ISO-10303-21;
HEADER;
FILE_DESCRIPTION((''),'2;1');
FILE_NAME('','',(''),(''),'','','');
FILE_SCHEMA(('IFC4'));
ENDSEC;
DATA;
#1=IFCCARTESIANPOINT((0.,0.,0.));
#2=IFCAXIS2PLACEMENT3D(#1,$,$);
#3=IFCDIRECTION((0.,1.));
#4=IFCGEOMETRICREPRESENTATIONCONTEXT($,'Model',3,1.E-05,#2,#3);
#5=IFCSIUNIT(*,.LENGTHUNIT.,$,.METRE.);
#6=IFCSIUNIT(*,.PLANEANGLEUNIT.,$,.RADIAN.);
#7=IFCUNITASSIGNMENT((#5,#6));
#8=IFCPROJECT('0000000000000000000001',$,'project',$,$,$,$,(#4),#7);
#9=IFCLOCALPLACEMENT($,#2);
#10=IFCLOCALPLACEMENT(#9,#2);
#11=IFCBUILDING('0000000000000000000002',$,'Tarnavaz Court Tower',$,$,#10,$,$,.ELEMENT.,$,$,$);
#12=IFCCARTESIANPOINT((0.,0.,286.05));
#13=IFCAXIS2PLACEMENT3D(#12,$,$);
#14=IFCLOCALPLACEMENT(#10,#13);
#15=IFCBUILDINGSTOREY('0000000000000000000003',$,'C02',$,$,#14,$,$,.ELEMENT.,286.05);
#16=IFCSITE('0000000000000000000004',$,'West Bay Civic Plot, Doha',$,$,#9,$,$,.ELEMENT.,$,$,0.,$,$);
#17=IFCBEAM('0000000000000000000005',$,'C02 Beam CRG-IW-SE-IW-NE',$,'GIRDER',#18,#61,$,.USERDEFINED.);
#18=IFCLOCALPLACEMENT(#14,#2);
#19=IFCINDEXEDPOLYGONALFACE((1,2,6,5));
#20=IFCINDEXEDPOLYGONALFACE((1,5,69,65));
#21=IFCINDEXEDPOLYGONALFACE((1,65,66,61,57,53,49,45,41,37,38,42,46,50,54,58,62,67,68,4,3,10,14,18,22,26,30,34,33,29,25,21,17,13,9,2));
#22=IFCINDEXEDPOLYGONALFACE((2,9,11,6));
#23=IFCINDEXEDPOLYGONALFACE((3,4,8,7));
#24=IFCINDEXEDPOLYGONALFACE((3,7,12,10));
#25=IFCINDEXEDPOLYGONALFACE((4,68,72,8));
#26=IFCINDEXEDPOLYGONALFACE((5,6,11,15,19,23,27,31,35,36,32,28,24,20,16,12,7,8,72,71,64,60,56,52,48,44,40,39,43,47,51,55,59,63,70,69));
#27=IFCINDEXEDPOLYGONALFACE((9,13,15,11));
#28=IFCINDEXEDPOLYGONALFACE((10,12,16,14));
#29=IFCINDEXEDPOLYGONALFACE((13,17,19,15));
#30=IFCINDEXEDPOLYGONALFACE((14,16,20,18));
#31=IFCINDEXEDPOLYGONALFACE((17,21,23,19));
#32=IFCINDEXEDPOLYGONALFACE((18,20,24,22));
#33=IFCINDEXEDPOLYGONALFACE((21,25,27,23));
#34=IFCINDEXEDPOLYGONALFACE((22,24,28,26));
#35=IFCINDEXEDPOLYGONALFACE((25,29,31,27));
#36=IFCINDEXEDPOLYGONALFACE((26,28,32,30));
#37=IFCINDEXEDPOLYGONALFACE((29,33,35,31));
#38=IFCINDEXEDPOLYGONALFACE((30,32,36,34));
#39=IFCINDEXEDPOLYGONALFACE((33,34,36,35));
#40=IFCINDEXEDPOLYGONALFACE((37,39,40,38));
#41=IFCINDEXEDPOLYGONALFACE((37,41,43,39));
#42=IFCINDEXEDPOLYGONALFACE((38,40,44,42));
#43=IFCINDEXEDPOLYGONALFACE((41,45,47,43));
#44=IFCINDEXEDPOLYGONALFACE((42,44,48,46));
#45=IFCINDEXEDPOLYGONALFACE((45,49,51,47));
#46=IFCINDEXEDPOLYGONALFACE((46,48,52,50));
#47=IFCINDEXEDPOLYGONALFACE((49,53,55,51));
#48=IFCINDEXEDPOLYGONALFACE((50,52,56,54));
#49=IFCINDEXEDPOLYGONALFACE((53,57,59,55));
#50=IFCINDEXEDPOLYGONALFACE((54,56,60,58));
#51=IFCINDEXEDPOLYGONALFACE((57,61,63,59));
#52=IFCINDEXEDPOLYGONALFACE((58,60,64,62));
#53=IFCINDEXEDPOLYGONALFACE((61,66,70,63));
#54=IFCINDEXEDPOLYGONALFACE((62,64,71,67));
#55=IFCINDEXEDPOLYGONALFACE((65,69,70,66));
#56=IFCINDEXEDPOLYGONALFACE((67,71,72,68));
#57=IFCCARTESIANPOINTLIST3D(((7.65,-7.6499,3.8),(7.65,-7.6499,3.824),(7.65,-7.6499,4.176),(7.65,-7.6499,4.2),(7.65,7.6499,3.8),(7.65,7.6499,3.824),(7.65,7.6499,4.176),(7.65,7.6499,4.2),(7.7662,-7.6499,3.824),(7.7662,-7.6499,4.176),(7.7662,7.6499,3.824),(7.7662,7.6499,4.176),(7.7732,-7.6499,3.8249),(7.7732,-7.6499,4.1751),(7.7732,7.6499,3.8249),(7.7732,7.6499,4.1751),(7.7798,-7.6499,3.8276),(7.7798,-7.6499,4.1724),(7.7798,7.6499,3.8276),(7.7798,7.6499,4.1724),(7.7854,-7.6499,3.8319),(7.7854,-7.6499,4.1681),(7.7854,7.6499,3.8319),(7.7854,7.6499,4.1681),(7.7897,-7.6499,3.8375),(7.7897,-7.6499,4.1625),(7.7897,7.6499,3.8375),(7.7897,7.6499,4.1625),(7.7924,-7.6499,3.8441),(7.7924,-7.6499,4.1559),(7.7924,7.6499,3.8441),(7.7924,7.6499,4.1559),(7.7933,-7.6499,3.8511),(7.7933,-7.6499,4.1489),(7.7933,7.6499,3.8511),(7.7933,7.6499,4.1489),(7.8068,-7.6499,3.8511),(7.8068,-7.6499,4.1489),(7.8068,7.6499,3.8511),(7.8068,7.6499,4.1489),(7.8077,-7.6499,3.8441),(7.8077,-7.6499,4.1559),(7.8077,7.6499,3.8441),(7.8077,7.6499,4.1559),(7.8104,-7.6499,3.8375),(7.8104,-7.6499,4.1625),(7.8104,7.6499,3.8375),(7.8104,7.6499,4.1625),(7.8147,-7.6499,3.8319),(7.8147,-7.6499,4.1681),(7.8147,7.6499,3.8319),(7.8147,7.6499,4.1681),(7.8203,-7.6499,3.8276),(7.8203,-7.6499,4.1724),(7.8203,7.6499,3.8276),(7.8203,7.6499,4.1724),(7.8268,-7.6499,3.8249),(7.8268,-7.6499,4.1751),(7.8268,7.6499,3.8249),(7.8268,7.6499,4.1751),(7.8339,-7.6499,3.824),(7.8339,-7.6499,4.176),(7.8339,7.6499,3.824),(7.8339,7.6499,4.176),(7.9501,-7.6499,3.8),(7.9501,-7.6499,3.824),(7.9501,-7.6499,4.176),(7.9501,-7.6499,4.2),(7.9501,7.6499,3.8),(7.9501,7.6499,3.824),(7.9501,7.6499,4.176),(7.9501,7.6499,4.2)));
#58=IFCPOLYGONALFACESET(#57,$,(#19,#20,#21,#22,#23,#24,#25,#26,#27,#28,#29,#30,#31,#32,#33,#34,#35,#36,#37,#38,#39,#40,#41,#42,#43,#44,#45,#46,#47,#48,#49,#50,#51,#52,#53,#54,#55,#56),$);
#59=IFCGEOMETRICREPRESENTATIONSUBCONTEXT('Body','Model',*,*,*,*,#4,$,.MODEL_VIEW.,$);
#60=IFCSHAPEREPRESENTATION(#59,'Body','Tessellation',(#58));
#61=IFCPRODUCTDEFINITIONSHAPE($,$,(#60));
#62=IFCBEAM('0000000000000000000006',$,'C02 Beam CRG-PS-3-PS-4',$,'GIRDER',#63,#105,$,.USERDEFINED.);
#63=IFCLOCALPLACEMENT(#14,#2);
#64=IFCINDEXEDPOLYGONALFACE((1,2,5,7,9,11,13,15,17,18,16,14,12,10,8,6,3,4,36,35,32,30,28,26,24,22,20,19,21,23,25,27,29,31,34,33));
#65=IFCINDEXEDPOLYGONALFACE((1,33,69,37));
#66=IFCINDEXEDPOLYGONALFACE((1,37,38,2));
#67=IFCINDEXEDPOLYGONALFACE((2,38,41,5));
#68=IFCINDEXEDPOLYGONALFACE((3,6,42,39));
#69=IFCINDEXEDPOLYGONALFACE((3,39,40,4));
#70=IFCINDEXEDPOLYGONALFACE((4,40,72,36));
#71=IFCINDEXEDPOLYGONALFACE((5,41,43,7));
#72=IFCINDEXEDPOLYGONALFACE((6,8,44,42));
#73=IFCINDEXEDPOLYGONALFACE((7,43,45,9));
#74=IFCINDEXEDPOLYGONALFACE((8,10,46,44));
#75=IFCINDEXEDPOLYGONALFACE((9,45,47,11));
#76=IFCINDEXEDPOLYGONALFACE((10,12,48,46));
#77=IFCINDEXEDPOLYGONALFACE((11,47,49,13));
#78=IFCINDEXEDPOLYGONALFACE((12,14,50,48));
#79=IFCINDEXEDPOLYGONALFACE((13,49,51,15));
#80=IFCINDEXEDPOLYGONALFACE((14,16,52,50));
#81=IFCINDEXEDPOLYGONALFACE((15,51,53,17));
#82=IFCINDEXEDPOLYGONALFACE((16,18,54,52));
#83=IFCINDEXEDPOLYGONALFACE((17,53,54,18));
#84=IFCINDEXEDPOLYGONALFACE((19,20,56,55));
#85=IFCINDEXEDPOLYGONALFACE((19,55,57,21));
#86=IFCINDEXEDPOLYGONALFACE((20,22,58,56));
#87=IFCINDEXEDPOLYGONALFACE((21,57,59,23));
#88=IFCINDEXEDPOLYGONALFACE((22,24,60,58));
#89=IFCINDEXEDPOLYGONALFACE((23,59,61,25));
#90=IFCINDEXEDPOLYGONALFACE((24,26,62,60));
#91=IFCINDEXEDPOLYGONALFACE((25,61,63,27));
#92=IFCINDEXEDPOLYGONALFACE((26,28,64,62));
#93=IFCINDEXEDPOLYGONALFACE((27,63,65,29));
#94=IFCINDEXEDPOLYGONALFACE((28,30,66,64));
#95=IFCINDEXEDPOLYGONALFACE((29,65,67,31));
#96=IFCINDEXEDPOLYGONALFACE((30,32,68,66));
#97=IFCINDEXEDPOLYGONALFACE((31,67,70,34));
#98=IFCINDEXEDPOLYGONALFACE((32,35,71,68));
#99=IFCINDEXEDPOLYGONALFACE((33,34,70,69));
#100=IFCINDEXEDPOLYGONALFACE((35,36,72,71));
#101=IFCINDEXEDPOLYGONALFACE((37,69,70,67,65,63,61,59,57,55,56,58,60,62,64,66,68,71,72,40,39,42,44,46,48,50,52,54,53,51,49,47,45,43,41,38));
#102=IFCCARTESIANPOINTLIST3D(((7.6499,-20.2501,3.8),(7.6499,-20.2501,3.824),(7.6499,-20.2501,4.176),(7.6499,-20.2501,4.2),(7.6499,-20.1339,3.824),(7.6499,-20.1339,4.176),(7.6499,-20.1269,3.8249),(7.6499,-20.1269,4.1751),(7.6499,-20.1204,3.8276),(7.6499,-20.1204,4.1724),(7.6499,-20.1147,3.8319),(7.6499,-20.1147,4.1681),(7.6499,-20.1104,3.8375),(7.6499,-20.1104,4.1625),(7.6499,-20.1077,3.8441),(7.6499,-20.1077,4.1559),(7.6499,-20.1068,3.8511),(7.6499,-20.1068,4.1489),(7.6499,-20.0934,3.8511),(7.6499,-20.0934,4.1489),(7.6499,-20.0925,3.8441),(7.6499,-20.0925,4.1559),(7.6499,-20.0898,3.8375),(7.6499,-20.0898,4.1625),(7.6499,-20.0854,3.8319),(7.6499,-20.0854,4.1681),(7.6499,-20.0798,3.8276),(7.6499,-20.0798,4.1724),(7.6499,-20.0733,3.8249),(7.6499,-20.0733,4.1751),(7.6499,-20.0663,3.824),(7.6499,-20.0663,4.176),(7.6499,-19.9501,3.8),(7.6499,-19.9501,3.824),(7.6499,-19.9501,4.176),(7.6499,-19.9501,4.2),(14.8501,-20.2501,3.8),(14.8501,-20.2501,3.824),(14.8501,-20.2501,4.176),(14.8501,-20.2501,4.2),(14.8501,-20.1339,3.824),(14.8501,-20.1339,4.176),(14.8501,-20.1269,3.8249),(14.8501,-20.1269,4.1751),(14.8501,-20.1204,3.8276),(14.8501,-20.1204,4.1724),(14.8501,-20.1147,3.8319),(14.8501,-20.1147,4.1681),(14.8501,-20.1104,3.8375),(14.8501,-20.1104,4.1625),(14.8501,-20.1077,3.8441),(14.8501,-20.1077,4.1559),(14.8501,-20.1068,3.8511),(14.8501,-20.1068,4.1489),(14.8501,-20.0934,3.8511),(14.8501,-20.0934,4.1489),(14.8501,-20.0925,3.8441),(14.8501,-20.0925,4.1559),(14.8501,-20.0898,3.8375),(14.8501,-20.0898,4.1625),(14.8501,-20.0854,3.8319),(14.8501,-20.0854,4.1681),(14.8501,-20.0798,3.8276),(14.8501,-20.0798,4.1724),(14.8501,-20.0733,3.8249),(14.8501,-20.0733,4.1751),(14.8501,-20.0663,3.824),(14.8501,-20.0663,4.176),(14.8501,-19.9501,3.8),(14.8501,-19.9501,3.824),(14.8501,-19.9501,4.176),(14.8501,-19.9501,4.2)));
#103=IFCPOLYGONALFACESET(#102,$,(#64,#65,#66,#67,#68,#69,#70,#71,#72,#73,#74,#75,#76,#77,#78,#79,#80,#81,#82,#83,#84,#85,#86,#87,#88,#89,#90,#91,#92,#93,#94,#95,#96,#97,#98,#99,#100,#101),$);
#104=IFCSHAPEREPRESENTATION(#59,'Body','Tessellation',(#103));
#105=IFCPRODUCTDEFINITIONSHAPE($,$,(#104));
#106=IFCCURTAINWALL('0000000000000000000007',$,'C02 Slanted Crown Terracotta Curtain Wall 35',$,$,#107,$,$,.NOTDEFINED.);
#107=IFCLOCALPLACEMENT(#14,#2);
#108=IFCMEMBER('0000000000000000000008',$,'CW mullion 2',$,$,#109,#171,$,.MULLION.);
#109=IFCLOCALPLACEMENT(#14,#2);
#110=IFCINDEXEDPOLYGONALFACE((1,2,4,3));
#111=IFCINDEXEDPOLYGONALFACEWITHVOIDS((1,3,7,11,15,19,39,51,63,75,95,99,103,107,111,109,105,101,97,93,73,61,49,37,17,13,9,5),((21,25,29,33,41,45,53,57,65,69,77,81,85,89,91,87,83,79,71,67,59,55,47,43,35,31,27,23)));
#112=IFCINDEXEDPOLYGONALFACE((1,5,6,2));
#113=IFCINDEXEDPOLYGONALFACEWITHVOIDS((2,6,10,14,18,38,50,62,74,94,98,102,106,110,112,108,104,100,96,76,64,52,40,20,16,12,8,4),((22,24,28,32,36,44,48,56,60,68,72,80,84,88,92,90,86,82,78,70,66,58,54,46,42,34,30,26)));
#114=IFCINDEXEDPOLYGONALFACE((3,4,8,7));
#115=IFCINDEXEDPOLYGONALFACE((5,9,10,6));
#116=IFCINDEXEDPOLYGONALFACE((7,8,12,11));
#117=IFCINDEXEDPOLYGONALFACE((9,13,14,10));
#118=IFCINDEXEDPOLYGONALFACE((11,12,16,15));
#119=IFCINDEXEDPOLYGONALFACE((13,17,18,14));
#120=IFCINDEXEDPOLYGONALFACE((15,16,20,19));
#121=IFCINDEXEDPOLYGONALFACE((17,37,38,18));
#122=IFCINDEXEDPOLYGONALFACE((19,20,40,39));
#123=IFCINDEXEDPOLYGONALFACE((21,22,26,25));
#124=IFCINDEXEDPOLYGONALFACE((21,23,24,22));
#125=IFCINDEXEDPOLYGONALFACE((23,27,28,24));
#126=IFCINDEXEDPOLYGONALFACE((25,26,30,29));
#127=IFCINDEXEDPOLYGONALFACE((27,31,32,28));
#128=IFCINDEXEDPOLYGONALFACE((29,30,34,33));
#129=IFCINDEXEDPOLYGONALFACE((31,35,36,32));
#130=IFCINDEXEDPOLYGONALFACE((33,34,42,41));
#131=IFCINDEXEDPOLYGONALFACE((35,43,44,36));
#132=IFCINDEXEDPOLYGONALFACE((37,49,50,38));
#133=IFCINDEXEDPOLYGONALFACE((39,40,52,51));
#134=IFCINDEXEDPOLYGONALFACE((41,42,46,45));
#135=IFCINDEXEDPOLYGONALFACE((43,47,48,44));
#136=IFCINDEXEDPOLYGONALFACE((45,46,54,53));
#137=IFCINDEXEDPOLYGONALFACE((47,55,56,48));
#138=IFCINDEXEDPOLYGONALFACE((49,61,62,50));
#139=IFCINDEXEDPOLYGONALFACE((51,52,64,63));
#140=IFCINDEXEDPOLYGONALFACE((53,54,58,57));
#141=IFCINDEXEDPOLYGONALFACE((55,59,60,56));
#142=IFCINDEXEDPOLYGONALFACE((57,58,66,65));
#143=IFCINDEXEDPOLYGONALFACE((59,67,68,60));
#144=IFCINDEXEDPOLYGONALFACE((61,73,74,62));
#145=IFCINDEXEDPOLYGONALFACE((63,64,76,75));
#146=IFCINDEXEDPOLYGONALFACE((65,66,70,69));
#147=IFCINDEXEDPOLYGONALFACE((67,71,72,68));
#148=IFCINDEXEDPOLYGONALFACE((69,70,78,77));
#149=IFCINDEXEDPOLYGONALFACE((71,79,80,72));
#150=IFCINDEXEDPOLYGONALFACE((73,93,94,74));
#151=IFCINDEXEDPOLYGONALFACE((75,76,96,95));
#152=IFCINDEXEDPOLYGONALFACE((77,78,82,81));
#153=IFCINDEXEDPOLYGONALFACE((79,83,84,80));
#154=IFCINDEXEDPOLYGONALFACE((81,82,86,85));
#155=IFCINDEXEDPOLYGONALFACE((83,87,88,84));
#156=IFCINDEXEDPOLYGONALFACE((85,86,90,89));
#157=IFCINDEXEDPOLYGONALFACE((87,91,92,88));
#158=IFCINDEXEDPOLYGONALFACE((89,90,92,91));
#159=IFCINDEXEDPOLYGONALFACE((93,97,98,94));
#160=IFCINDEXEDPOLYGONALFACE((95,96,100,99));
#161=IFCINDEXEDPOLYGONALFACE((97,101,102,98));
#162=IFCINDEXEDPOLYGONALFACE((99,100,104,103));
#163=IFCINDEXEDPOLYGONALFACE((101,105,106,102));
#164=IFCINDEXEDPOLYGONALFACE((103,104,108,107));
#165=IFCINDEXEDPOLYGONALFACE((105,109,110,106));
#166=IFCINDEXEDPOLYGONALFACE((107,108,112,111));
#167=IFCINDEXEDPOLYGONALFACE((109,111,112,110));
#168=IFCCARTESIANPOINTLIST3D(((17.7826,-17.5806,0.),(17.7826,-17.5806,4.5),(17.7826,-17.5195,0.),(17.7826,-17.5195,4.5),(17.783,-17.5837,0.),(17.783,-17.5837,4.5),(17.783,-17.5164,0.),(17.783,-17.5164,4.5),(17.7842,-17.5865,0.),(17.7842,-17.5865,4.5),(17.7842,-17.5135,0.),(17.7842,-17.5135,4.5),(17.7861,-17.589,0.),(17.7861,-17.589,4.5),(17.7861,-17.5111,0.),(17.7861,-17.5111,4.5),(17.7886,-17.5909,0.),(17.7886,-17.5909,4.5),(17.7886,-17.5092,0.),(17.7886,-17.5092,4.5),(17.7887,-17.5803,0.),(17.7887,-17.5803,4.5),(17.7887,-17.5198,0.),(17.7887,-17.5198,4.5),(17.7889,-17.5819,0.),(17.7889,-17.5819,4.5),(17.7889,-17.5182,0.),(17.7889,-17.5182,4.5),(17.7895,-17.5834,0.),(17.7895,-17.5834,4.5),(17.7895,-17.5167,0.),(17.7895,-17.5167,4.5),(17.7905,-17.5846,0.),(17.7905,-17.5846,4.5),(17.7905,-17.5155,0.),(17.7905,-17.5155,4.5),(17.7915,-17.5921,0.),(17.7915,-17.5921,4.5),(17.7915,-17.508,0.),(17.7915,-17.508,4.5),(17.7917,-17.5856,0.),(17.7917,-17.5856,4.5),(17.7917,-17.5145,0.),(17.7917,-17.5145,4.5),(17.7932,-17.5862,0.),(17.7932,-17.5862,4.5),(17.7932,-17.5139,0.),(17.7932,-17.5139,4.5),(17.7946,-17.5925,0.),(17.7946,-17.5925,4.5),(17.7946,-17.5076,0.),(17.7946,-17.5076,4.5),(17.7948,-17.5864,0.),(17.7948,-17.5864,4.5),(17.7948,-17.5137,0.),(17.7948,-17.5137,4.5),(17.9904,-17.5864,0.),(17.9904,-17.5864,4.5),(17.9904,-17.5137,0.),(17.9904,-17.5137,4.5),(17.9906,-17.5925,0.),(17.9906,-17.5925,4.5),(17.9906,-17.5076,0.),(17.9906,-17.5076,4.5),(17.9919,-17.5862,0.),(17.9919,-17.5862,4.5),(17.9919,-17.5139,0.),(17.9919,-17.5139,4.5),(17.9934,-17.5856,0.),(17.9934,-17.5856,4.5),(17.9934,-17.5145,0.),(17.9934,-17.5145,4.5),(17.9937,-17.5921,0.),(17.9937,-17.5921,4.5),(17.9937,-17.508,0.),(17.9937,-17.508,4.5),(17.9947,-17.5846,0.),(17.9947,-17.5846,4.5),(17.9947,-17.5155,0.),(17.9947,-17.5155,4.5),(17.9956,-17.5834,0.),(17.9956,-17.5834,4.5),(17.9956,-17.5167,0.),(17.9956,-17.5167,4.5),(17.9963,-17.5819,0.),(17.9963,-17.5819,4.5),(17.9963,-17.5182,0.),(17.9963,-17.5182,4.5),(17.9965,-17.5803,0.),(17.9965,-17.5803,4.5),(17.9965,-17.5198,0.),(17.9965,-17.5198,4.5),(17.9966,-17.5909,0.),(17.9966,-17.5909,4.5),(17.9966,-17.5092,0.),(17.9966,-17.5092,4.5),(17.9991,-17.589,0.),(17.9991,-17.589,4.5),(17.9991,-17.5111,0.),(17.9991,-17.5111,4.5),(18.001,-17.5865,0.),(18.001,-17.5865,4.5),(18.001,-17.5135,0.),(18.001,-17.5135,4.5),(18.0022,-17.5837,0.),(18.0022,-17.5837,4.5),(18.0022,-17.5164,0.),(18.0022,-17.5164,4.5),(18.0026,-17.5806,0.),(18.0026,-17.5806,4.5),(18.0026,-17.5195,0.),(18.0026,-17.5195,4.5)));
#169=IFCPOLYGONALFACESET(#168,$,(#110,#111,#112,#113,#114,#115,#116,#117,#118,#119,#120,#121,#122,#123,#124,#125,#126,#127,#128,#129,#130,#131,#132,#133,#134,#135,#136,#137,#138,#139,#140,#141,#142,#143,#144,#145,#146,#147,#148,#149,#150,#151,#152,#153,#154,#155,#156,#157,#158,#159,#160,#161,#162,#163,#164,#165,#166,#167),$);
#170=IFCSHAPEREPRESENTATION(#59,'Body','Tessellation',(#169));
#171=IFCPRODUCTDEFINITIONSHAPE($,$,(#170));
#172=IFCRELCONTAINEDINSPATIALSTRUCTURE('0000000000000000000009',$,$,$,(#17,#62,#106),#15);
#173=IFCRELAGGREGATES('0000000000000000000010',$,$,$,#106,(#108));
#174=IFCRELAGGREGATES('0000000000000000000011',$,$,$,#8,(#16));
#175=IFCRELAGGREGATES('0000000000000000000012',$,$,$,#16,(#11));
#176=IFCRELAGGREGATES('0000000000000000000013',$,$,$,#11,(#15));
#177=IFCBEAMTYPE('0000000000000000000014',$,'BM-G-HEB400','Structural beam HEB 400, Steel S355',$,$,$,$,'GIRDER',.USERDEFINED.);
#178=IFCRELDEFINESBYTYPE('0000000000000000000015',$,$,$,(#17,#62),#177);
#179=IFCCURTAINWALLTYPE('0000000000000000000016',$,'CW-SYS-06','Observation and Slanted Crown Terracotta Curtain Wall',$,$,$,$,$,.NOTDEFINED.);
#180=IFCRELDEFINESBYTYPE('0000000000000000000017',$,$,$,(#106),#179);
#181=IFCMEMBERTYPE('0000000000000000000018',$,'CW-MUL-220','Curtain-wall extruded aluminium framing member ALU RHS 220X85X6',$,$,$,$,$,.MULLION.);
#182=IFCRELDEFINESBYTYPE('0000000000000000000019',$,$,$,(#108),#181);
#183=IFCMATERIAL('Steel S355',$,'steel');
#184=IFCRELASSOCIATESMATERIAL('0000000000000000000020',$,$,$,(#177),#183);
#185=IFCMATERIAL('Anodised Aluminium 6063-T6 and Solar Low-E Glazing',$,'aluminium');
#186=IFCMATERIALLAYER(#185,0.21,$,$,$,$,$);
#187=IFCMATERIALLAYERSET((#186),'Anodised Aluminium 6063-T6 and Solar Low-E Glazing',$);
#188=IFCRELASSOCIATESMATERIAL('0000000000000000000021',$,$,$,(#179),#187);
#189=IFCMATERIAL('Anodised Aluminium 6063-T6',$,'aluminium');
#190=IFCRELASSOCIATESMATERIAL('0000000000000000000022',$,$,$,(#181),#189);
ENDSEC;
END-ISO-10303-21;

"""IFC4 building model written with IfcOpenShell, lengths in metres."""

from ifc_helpers import new_model, si_unit, direction, frame, origin, origin_2d, place, context, subcontext, project, spatial, hollow_rectangle, i_section, extrude, material, layer, layer_set, material_profile, profile_set, type_object, element, aggregate, save


model = new_model("IFC4")

# Units and contexts
model_context = context("Model", 3, precision=1e-05, world=origin(), true_north=direction((0.0, 1.0)))
body_context = subcontext(model_context, "Body", "Model", "MODEL_VIEW")
ifc_project = project(units=[si_unit("LENGTHUNIT", "METRE"), si_unit("PLANEANGLEUNIT", "RADIAN")], contexts=[model_context])

# Site, building, storey
site_placement = place(None, origin())
site = spatial("IfcSite", under=ifc_project, at=site_placement, Name="West Bay Civic Plot, Doha", CompositionType="ELEMENT", RefElevation=0.0)
building_placement = place(site_placement, origin())
building = spatial("IfcBuilding", under=site, at=building_placement, Name="Tarnavaz Court Tower", CompositionType="ELEMENT")
storey_placement = place(building_placement, frame((0.0, 0.0, 286.05)))
storey = spatial("IfcBuildingStorey", under=building, at=storey_placement, Name="C02", CompositionType="ELEMENT", Elevation=286.05)

# Shared definitions
ifc_material_1 = material(Name="Steel S355", Category="steel")

# Beams
ifc_material_profile_1 = material_profile(ifc_material_1, i_section(OverallWidth=0.3, OverallDepth=0.3999, WebThickness=0.0134, FlangeThickness=0.0239, FilletRadius=0.0271, at=origin_2d()), Name="HEB 400")
ifc_profile_set_1 = profile_set([ifc_material_profile_1], Name="Steel S355")
beam_type_1 = type_object("IfcBeamType", Name="BM-G-HEB400", Description="Structural beam HEB 400, Steel S355", ElementType="GIRDER", PredefinedType="USERDEFINED", material=ifc_profile_set_1)
beam_1_placement = place(storey_placement, frame((7.8, -7.6499, 4.0), z_axis=(0.0, 1.0, 0.0), x_axis=(-1.0, 0.0, 0.0)))
element("IfcBeam", 1, at=beam_1_placement, inside=storey, type_object=beam_type_1, Name="C02 Beam CRG-IW-SE-IW-NE", ObjectType="GIRDER", PredefinedType="USERDEFINED", context=body_context, shape_type="SweptSolid", body=[
    extrude(i_section(OverallWidth=0.3, OverallDepth=0.3999, WebThickness=0.0134, FlangeThickness=0.0239, FilletRadius=0.0271, at=origin_2d()), origin(), (0.0, 0.0, 1.0), 15.2998),
])
beam_2_placement = place(storey_placement, frame((7.6499, -20.1001, 4.0), z_axis=(1.0, 0.0, 0.0), x_axis=(0.0, 1.0, 0.0)))
element("IfcBeam", 2, at=beam_2_placement, inside=storey, type_object=beam_type_1, Name="C02 Beam CRG-PS-3-PS-4", ObjectType="GIRDER", PredefinedType="USERDEFINED", context=body_context, shape_type="SweptSolid", body=[
    extrude(i_section(OverallWidth=0.3, OverallDepth=0.3999, WebThickness=0.0134, FlangeThickness=0.0239, FilletRadius=0.0271, at=origin_2d()), origin(), (0.0, 0.0, 1.0), 7.2002),
])

# Curtain wall, member
ifc_material_2 = material(Name="Anodised Aluminium 6063-T6 and Solar Low-E Glazing", Category="aluminium")
ifc_layer_1 = layer(ifc_material_2, 0.21)
ifc_layer_set_1 = layer_set([ifc_layer_1], Name="Anodised Aluminium 6063-T6 and Solar Low-E Glazing")
curtain_wall_type = type_object("IfcCurtainWallType", Name="CW-SYS-06", Description="Observation and Slanted Crown Terracotta Curtain Wall", PredefinedType="NOTDEFINED", material=ifc_layer_set_1)
curtain_wall_1_placement = place(storey_placement, origin())
curtain_wall_1 = element("IfcCurtainWall", 3, at=curtain_wall_1_placement, inside=storey, type_object=curtain_wall_type, Name="C02 Slanted Crown Terracotta Curtain Wall 35", PredefinedType="NOTDEFINED")
ifc_material_3 = material(Name="Anodised Aluminium 6063-T6", Category="aluminium")
ifc_material_profile_2 = material_profile(ifc_material_3, hollow_rectangle(XDim=0.085, YDim=0.22, WallThickness=0.0061, InnerFilletRadius=0.0061, OuterFilletRadius=0.012, at=origin_2d()), Name="ALU RHS 220X85X6")
ifc_profile_set_2 = profile_set([ifc_material_profile_2], Name="Anodised Aluminium 6063-T6")
member_type_1 = type_object("IfcMemberType", Name="CW-MUL-220", Description="Curtain-wall extruded aluminium framing member ALU RHS 220X85X6", PredefinedType="MULLION", material=ifc_profile_set_2)
member_1_placement = place(storey_placement, frame((17.8926, -17.55, 0.0), z_axis=(0.0, 0.0, 1.0), x_axis=(0.0, -1.0, 0.0)))
member_1 = element("IfcMember", 4, at=member_1_placement, type_object=member_type_1, Name="CW mullion 2", PredefinedType="MULLION", context=body_context, shape_type="SweptSolid", body=[
    extrude(hollow_rectangle(XDim=0.085, YDim=0.22, WallThickness=0.0061, InnerFilletRadius=0.0061, OuterFilletRadius=0.012, at=origin_2d()), origin(), (0.0, 0.0, 1.0), 4.5),
])
aggregate(curtain_wall_1, [member_1])

save(model, "model.ifc")
